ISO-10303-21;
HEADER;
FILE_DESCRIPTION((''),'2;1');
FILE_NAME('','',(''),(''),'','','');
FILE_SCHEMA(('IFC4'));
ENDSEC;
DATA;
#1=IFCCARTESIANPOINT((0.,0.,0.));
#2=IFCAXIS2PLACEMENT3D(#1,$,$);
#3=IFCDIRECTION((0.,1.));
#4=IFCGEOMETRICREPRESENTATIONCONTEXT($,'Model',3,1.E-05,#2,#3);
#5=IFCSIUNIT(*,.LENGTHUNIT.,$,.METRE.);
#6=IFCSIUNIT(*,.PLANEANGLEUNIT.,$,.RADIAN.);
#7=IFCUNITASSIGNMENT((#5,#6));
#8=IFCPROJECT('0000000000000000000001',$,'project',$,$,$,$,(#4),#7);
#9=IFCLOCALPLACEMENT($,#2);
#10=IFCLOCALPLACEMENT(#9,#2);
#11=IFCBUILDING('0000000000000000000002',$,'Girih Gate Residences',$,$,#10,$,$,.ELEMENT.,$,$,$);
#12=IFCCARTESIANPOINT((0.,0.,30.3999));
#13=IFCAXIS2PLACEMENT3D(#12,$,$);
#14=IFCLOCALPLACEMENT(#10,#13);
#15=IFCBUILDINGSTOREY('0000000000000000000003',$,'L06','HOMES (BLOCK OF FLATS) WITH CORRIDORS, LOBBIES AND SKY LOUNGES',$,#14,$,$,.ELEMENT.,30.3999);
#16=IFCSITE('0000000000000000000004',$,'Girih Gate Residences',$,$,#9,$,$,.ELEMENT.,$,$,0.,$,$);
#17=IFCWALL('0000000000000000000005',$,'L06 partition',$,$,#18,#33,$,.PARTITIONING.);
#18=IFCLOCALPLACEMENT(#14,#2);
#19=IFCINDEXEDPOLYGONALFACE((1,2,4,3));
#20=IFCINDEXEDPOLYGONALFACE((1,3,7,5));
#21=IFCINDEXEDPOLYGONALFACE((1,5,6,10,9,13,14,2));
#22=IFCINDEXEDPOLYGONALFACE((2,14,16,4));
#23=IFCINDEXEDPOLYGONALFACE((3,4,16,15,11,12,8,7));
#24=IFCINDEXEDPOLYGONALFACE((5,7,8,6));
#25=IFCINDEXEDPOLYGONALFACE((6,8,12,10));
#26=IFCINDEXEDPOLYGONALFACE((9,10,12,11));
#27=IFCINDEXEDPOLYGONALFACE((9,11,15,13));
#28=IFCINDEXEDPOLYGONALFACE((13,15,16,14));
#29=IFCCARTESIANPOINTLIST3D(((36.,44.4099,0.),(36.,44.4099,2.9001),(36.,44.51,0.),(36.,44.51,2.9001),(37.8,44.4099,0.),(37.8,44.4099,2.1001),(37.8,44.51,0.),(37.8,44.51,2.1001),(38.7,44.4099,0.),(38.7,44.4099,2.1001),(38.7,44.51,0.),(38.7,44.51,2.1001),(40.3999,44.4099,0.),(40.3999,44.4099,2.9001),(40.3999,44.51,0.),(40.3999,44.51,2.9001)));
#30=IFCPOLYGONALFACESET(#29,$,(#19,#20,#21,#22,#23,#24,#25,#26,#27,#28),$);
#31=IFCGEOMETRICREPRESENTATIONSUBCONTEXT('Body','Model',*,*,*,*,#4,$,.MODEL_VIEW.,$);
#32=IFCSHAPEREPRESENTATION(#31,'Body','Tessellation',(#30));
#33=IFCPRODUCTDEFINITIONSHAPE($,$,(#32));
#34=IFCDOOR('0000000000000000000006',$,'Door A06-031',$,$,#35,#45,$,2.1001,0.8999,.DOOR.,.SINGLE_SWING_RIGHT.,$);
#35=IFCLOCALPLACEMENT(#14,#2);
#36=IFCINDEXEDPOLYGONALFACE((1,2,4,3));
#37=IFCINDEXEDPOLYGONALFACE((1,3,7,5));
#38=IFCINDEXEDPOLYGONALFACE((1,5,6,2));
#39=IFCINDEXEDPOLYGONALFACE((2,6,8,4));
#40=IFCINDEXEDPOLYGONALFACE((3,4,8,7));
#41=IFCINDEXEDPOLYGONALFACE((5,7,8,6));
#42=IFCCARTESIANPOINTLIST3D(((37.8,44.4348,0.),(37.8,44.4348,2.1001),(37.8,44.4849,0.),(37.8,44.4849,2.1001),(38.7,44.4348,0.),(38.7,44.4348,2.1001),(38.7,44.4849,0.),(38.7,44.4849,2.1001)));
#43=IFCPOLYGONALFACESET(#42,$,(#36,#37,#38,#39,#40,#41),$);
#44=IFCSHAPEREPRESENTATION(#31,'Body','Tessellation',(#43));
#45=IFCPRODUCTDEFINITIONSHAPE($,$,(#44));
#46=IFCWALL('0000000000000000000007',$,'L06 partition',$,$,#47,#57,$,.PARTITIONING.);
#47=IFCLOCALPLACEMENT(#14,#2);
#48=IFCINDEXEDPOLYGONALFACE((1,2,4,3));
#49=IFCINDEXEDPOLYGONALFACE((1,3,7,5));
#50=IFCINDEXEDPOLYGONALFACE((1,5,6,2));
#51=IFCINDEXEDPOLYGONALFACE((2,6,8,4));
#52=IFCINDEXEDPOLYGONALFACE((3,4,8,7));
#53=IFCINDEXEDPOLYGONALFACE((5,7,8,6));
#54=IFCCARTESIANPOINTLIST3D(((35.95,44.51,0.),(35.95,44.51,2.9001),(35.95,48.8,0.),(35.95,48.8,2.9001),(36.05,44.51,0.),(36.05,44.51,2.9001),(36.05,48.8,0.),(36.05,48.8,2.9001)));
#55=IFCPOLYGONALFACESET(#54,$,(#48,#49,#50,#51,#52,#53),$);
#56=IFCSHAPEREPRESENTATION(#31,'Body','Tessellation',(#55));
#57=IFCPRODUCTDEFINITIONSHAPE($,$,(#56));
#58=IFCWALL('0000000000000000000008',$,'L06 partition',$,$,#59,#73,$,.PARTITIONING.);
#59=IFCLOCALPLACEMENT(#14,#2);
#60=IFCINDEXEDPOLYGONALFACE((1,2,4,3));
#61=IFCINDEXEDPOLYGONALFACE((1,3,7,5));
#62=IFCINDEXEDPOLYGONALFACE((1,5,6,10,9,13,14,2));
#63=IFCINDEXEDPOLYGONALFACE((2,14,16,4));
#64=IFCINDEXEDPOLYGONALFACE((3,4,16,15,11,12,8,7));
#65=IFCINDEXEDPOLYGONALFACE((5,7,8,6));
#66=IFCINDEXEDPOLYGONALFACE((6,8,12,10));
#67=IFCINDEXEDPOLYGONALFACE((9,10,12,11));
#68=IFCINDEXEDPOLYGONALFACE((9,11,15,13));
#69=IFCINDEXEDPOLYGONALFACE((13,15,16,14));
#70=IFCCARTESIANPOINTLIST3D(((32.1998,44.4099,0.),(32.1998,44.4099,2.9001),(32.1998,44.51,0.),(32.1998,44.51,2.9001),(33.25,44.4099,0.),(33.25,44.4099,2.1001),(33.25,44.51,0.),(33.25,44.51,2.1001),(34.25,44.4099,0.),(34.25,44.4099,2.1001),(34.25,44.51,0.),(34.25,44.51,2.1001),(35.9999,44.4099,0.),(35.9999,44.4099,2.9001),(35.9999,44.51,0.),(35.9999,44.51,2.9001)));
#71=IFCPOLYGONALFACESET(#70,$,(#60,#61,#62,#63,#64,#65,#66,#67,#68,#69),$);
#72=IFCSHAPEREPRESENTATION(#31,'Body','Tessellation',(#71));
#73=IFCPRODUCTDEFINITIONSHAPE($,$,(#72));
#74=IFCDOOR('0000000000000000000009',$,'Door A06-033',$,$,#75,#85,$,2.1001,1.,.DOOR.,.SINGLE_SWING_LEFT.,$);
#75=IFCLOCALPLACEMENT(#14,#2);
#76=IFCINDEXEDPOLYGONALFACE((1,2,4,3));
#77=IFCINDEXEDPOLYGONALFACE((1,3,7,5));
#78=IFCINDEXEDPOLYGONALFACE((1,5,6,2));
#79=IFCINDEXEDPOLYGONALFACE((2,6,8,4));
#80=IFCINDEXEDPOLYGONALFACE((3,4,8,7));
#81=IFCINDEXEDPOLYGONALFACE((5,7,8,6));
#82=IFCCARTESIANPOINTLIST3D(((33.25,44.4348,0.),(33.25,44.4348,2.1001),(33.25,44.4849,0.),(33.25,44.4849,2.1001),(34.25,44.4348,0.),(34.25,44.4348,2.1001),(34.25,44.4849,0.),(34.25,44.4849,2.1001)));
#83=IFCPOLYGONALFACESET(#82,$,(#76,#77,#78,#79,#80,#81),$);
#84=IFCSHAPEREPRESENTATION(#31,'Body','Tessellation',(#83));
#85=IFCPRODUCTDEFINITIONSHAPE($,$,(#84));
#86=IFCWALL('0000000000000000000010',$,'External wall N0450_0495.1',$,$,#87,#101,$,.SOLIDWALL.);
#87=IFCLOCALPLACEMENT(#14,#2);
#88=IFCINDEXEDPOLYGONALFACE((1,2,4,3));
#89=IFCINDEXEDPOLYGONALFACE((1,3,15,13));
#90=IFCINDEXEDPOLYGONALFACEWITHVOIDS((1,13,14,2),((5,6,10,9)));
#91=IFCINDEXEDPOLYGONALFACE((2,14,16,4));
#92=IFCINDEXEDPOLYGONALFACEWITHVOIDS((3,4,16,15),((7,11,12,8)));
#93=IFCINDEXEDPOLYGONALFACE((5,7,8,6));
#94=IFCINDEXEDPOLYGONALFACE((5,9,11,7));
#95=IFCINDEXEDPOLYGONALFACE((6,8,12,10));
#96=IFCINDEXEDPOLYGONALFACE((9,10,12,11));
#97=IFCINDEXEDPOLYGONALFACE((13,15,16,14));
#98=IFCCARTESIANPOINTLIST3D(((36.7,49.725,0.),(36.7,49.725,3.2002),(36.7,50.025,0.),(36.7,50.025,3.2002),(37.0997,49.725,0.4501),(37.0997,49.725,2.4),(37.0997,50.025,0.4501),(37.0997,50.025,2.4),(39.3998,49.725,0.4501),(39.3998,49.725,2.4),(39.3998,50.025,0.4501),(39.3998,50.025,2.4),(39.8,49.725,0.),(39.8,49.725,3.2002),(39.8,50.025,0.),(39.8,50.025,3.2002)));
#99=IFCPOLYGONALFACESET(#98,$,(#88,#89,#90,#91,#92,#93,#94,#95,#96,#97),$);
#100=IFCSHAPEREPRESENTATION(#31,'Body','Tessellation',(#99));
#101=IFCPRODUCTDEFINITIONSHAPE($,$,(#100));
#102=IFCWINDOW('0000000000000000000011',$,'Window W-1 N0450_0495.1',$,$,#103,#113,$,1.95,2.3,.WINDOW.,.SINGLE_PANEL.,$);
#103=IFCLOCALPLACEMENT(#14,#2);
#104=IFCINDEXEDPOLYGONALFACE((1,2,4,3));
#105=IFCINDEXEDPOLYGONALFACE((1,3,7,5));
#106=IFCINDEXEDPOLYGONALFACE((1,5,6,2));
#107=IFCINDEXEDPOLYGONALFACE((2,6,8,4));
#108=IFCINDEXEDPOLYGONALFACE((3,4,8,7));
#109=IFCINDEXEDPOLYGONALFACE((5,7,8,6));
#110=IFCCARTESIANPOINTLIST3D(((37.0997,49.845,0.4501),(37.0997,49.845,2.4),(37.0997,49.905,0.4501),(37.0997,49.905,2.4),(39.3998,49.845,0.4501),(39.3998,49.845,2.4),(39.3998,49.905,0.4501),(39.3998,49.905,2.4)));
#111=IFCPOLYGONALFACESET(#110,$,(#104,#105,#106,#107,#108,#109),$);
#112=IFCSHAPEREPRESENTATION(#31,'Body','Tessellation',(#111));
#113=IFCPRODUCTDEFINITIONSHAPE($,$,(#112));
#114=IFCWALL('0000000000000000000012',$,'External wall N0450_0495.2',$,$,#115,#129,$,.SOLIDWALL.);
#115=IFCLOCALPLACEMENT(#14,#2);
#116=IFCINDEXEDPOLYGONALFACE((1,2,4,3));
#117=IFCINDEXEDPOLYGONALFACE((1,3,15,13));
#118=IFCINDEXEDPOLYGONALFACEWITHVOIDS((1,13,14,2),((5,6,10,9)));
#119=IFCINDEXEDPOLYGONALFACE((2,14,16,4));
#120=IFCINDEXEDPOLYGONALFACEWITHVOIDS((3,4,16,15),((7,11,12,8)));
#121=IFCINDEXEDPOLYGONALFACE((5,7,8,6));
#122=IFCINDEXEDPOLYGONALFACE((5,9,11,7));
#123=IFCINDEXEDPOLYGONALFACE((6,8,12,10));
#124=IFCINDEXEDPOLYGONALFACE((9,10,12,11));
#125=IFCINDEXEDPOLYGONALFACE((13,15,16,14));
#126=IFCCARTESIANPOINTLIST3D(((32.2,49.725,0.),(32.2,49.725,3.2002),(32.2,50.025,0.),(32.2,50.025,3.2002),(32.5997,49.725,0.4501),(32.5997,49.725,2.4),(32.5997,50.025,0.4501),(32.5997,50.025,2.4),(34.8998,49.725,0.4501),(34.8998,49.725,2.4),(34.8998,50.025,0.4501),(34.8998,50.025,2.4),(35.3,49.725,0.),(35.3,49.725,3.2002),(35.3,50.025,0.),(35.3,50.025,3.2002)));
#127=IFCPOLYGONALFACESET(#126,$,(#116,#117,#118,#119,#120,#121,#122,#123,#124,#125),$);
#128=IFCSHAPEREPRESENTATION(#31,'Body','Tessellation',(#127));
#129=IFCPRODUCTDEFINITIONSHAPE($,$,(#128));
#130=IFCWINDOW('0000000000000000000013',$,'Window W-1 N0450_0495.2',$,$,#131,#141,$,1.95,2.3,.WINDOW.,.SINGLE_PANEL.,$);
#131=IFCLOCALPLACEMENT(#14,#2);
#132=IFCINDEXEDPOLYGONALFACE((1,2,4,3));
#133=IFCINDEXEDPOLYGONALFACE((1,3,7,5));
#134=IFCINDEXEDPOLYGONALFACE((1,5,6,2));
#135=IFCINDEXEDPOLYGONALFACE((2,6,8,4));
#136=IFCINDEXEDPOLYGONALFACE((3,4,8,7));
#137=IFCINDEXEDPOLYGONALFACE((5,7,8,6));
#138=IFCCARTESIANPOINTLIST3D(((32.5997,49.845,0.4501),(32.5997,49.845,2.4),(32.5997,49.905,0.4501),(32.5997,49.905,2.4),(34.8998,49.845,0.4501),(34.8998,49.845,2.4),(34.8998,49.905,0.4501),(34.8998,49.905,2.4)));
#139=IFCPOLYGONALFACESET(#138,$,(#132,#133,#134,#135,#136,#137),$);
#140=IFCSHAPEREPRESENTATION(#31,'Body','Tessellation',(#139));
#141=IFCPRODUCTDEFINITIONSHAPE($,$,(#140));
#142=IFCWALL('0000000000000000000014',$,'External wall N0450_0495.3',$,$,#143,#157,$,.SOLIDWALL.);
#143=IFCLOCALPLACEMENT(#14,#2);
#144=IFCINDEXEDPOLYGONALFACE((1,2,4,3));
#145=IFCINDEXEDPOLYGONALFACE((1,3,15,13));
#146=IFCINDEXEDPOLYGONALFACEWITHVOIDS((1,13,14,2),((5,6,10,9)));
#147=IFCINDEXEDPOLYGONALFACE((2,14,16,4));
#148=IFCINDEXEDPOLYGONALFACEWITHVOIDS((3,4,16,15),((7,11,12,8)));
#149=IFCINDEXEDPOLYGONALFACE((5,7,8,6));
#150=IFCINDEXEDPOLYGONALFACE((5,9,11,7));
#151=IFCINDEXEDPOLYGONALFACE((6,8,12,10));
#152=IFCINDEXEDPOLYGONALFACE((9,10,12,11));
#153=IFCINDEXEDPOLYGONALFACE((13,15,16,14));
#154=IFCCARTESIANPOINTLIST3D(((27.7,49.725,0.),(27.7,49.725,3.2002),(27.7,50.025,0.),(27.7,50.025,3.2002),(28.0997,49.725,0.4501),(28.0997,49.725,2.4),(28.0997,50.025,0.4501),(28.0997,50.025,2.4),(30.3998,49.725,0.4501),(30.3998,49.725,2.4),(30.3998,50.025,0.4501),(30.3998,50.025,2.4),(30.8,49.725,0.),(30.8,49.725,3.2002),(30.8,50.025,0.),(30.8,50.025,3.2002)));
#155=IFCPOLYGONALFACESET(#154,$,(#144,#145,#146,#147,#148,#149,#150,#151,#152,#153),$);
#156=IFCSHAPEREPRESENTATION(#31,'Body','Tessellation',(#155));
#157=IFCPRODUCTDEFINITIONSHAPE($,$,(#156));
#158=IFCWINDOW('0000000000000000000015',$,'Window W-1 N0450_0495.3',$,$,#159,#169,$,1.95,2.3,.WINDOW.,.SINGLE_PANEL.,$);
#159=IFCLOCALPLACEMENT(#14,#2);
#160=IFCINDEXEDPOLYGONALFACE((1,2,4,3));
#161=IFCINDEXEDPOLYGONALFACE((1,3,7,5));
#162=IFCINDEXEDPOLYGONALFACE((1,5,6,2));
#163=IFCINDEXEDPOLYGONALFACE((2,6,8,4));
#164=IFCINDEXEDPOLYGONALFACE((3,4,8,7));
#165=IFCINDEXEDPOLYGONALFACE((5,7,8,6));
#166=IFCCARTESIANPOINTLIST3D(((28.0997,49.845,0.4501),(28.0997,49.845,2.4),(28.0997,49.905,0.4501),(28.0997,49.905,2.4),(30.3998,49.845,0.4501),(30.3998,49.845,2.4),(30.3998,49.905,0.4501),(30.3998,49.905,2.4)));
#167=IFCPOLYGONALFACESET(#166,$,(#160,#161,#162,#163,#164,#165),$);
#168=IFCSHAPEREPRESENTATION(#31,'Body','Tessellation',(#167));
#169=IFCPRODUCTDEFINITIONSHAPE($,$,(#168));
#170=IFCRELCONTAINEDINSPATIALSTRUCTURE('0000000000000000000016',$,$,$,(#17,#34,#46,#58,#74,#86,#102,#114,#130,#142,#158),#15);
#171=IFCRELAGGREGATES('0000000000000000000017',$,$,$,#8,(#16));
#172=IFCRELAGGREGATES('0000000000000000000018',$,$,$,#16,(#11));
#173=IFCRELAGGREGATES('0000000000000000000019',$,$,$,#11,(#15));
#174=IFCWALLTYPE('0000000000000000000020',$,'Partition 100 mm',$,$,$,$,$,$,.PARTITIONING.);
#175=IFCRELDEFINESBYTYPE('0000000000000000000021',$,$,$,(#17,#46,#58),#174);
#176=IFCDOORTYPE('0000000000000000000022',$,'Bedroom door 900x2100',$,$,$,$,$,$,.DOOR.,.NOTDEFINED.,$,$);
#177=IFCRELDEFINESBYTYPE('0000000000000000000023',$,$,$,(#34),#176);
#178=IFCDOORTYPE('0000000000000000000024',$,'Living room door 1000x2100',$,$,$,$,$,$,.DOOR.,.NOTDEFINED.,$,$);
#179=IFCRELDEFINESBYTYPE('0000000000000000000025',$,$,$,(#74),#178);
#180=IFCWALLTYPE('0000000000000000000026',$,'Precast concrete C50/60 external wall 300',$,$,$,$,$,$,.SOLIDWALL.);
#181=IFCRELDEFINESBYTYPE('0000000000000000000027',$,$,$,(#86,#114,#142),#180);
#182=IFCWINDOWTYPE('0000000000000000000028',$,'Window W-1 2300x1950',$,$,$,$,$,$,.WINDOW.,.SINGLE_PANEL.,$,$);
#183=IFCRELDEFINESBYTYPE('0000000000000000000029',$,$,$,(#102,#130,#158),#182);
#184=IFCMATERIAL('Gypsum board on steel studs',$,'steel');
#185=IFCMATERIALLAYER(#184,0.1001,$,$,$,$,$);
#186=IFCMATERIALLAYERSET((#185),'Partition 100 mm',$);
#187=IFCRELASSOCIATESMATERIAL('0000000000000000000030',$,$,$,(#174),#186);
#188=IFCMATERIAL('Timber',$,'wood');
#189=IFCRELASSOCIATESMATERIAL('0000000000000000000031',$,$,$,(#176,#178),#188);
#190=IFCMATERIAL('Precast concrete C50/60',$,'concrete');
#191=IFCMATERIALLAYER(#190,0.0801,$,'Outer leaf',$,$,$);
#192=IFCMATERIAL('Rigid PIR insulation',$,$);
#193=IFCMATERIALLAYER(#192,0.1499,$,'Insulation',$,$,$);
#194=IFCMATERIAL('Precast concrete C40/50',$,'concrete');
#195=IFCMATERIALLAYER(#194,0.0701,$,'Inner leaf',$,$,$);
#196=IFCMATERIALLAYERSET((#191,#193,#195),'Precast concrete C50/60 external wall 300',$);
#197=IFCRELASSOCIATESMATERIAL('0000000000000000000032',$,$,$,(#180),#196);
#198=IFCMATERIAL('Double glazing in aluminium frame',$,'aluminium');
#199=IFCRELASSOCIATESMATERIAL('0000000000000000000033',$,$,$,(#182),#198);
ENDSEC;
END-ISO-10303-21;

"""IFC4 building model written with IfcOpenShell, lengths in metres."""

from ifc_helpers import new_model, si_unit, direction, frame, frame_2d, origin, place, context, subcontext, project, spatial, rectangle, extrude, material, layer, layer_set, type_object, element, fill, save


model = new_model("IFC4")

# Units and contexts
model_context = context("Model", 3, precision=1e-05, world=origin(), true_north=direction((0.0, 1.0)))
body_context = subcontext(model_context, "Body", "Model", "MODEL_VIEW")
ifc_project = project(units=[si_unit("LENGTHUNIT", "METRE"), si_unit("PLANEANGLEUNIT", "RADIAN")], contexts=[model_context])

# Site, building, storey
site_placement = place(None, origin())
site = spatial("IfcSite", under=ifc_project, at=site_placement, Name="Girih Gate Residences", CompositionType="ELEMENT", RefElevation=0.0)
building_placement = place(site_placement, origin())
building = spatial("IfcBuilding", under=site, at=building_placement, Name="Girih Gate Residences", CompositionType="ELEMENT")
storey_placement = place(building_placement, frame((0.0, 0.0, 30.3999)))
storey = spatial("IfcBuildingStorey", under=building, at=storey_placement, Name="L06", Description="HOMES (BLOCK OF FLATS) WITH CORRIDORS, LOBBIES AND SKY LOUNGES", CompositionType="ELEMENT", Elevation=30.3999)

# Shared definitions
ifc_material_1 = material(Name="Gypsum board on steel studs", Category="steel")

# Wall, opening, door
ifc_layer_1 = layer(ifc_material_1, 0.1001)
ifc_layer_set_1 = layer_set([ifc_layer_1], Name="Partition 100 mm")
wall_type_1 = type_object("IfcWallType", Name="Partition 100 mm", PredefinedType="PARTITIONING", material=ifc_layer_set_1)
wall_1_placement = place(storey_placement, frame((36.0, 44.46, 0.0), z_axis=(0.0, 0.0, 1.0), x_axis=(1.0, 0.0, 0.0)))
wall_1 = element("IfcWall", 1, at=wall_1_placement, inside=storey, type_object=wall_type_1, Name="L06 partition", PredefinedType="PARTITIONING", context=body_context, shape_type="SweptSolid", body=[
    extrude(rectangle(XDim=4.3999, YDim=0.1001, at=frame_2d((2.2, 0.0))), origin(), (0.0, 0.0, 1.0), 2.9001),
])
opening_1_placement = place(wall_1_placement, frame((1.8, 0.0, 0.0)))
opening_1 = element("IfcOpeningElement", 2, at=opening_1_placement, cuts=wall_1, PredefinedType="OPENING", context=body_context, shape_type="SweptSolid", body=[
    extrude(rectangle(XDim=0.8999, YDim=2.1001, at=frame_2d((0.45, 1.05))), frame((0.0, 0.0601, 0.0), z_axis=(0.0, -1.0, 0.0), x_axis=(1.0, 0.0, 0.0)), (0.0, 0.0, 1.0), 0.1201),
])
ifc_material_2 = material(Name="Timber", Category="wood")
door_type_1 = type_object("IfcDoorType", Name="Bedroom door 900x2100", OperationType="NOTDEFINED", PredefinedType="DOOR", material=ifc_material_2)
door_1_placement = place(opening_1_placement, origin())
door_1 = element("IfcDoor", 3, at=door_1_placement, inside=storey, type_object=door_type_1, Name="Door A06-031", OperationType="SINGLE_SWING_RIGHT", OverallHeight=2.1001, OverallWidth=0.8999, PredefinedType="DOOR", context=body_context, shape_type="SweptSolid", body=[
    extrude(rectangle(XDim=0.8999, YDim=2.1001, at=frame_2d((0.45, 1.05))), frame((0.0, 0.0249, 0.0), z_axis=(0.0, -1.0, 0.0), x_axis=(1.0, 0.0, 0.0)), (0.0, 0.0, 1.0), 0.05),
])
fill(opening_1, door_1)

# Wall
wall_2_placement = place(storey_placement, frame((36.0, 44.51, 0.0), z_axis=(0.0, 0.0, 1.0), x_axis=(0.0, 1.0, 0.0)))
element("IfcWall", 4, at=wall_2_placement, inside=storey, type_object=wall_type_1, Name="L06 partition", PredefinedType="PARTITIONING", context=body_context, shape_type="SweptSolid", body=[
    extrude(rectangle(XDim=4.29, YDim=0.1001, at=frame_2d((2.145, 0.0))), origin(), (0.0, 0.0, 1.0), 2.9001),
])

# Wall, opening, door
wall_3_placement = place(storey_placement, frame((32.2, 44.46, 0.0), z_axis=(0.0, 0.0, 1.0), x_axis=(1.0, 0.0, 0.0)))
wall_3 = element("IfcWall", 5, at=wall_3_placement, inside=storey, type_object=wall_type_1, Name="L06 partition", PredefinedType="PARTITIONING", context=body_context, shape_type="SweptSolid", body=[
    extrude(rectangle(XDim=3.8, YDim=0.1001, at=frame_2d((1.8999, 0.0))), origin(), (0.0, 0.0, 1.0), 2.9001),
])
opening_2_placement = place(wall_3_placement, frame((1.05, 0.0, 0.0)))
opening_2 = element("IfcOpeningElement", 6, at=opening_2_placement, cuts=wall_3, PredefinedType="OPENING", context=body_context, shape_type="SweptSolid", body=[
    extrude(rectangle(XDim=1.0, YDim=2.1001, at=frame_2d((0.5, 1.05))), frame((0.0, 0.0601, 0.0), z_axis=(0.0, -1.0, 0.0), x_axis=(1.0, 0.0, 0.0)), (0.0, 0.0, 1.0), 0.1201),
])
door_type_2 = type_object("IfcDoorType", Name="Living room door 1000x2100", OperationType="NOTDEFINED", PredefinedType="DOOR", material=ifc_material_2)
door_2_placement = place(opening_2_placement, origin())
door_2 = element("IfcDoor", 7, at=door_2_placement, inside=storey, type_object=door_type_2, Name="Door A06-033", OperationType="SINGLE_SWING_LEFT", OverallHeight=2.1001, OverallWidth=1.0, PredefinedType="DOOR", context=body_context, shape_type="SweptSolid", body=[
    extrude(rectangle(XDim=1.0, YDim=2.1001, at=frame_2d((0.5, 1.05))), frame((0.0, 0.0249, 0.0), z_axis=(0.0, -1.0, 0.0), x_axis=(1.0, 0.0, 0.0)), (0.0, 0.0, 1.0), 0.05),
])
fill(opening_2, door_2)

# Walls, openings, windows
ifc_material_3 = material(Name="Precast concrete C50/60", Category="concrete")
ifc_layer_2 = layer(ifc_material_3, 0.0801, Name="Outer leaf")
ifc_material_4 = material(Name="Rigid PIR insulation")
ifc_layer_3 = layer(ifc_material_4, 0.1499, Name="Insulation")
ifc_material_5 = material(Name="Precast concrete C40/50", Category="concrete")
ifc_layer_4 = layer(ifc_material_5, 0.0701, Name="Inner leaf")
ifc_layer_set_2 = layer_set([ifc_layer_2, ifc_layer_3, ifc_layer_4], Name="Precast concrete C50/60 external wall 300")
wall_type_2 = type_object("IfcWallType", Name="Precast concrete C50/60 external wall 300", PredefinedType="SOLIDWALL", material=ifc_layer_set_2)
wall_4_placement = place(storey_placement, frame((36.7, 49.875, 0.0), z_axis=(0.0, 0.0, 1.0), x_axis=(1.0, 0.0, 0.0)))
wall_4 = element("IfcWall", 8, at=wall_4_placement, inside=storey, type_object=wall_type_2, Name="External wall N0450_0495.1", PredefinedType="SOLIDWALL", context=body_context, shape_type="SweptSolid", body=[
    extrude(rectangle(XDim=3.1001, YDim=0.3, at=frame_2d((1.55, 0.0))), origin(), (0.0, 0.0, 1.0), 3.2002),
])
opening_3_placement = place(wall_4_placement, frame((0.3999, 0.0, 0.45)))
opening_3 = element("IfcOpeningElement", 9, at=opening_3_placement, cuts=wall_4, PredefinedType="OPENING", context=body_context, shape_type="SweptSolid", body=[
    extrude(rectangle(XDim=2.3, YDim=1.95, at=frame_2d((1.1499, 0.9751))), frame((0.0, 0.1599, 0.0), z_axis=(0.0, -1.0, 0.0), x_axis=(1.0, 0.0, 0.0)), (0.0, 0.0, 1.0), 0.3201),
])
ifc_material_6 = material(Name="Double glazing in aluminium frame", Category="aluminium")
window_type = type_object("IfcWindowType", Name="Window W-1 2300x1950", PartitioningType="SINGLE_PANEL", PredefinedType="WINDOW", material=ifc_material_6)
window_1_placement = place(opening_3_placement, origin())
window_1 = element("IfcWindow", 10, at=window_1_placement, inside=storey, type_object=window_type, Name="Window W-1 N0450_0495.1", OverallHeight=1.95, OverallWidth=2.3, PartitioningType="SINGLE_PANEL", PredefinedType="WINDOW", context=body_context, shape_type="SweptSolid", body=[
    extrude(rectangle(XDim=2.3, YDim=1.95, at=frame_2d((1.1499, 0.9751))), frame((0.0, 0.03, 0.0), z_axis=(0.0, -1.0, 0.0), x_axis=(1.0, 0.0, 0.0)), (0.0, 0.0, 1.0), 0.0601),
])
fill(opening_3, window_1)
wall_5_placement = place(storey_placement, frame((32.2, 49.875, 0.0), z_axis=(0.0, 0.0, 1.0), x_axis=(1.0, 0.0, 0.0)))
wall_5 = element("IfcWall", 11, at=wall_5_placement, inside=storey, type_object=wall_type_2, Name="External wall N0450_0495.2", PredefinedType="SOLIDWALL", context=body_context, shape_type="SweptSolid", body=[
    extrude(rectangle(XDim=3.1001, YDim=0.3, at=frame_2d((1.55, 0.0))), origin(), (0.0, 0.0, 1.0), 3.2002),
])
opening_4_placement = place(wall_5_placement, frame((0.3999, 0.0, 0.45)))
opening_4 = element("IfcOpeningElement", 12, at=opening_4_placement, cuts=wall_5, PredefinedType="OPENING", context=body_context, shape_type="SweptSolid", body=[
    extrude(rectangle(XDim=2.3, YDim=1.95, at=frame_2d((1.1499, 0.9751))), frame((0.0, 0.1599, 0.0), z_axis=(0.0, -1.0, 0.0), x_axis=(1.0, 0.0, 0.0)), (0.0, 0.0, 1.0), 0.3201),
])
window_2_placement = place(opening_4_placement, origin())
window_2 = element("IfcWindow", 13, at=window_2_placement, inside=storey, type_object=window_type, Name="Window W-1 N0450_0495.2", OverallHeight=1.95, OverallWidth=2.3, PartitioningType="SINGLE_PANEL", PredefinedType="WINDOW", context=body_context, shape_type="SweptSolid", body=[
    extrude(rectangle(XDim=2.3, YDim=1.95, at=frame_2d((1.1499, 0.9751))), frame((0.0, 0.03, 0.0), z_axis=(0.0, -1.0, 0.0), x_axis=(1.0, 0.0, 0.0)), (0.0, 0.0, 1.0), 0.0601),
])
fill(opening_4, window_2)
wall_6_placement = place(storey_placement, frame((27.7, 49.875, 0.0), z_axis=(0.0, 0.0, 1.0), x_axis=(1.0, 0.0, 0.0)))
wall_6 = element("IfcWall", 14, at=wall_6_placement, inside=storey, type_object=wall_type_2, Name="External wall N0450_0495.3", PredefinedType="SOLIDWALL", context=body_context, shape_type="SweptSolid", body=[
    extrude(rectangle(XDim=3.1001, YDim=0.3, at=frame_2d((1.55, 0.0))), origin(), (0.0, 0.0, 1.0), 3.2002),
])
opening_5_placement = place(wall_6_placement, frame((0.3999, 0.0, 0.45)))
opening_5 = element("IfcOpeningElement", 15, at=opening_5_placement, cuts=wall_6, PredefinedType="OPENING", context=body_context, shape_type="SweptSolid", body=[
    extrude(rectangle(XDim=2.3, YDim=1.95, at=frame_2d((1.1499, 0.9751))), frame((0.0, 0.1599, 0.0), z_axis=(0.0, -1.0, 0.0), x_axis=(1.0, 0.0, 0.0)), (0.0, 0.0, 1.0), 0.3201),
])
window_3_placement = place(opening_5_placement, origin())
window_3 = element("IfcWindow", 16, at=window_3_placement, inside=storey, type_object=window_type, Name="Window W-1 N0450_0495.3", OverallHeight=1.95, OverallWidth=2.3, PartitioningType="SINGLE_PANEL", PredefinedType="WINDOW", context=body_context, shape_type="SweptSolid", body=[
    extrude(rectangle(XDim=2.3, YDim=1.95, at=frame_2d((1.1499, 0.9751))), frame((0.0, 0.03, 0.0), z_axis=(0.0, -1.0, 0.0), x_axis=(1.0, 0.0, 0.0)), (0.0, 0.0, 1.0), 0.0601),
])
fill(opening_5, window_3)

save(model, "model.ifc")
